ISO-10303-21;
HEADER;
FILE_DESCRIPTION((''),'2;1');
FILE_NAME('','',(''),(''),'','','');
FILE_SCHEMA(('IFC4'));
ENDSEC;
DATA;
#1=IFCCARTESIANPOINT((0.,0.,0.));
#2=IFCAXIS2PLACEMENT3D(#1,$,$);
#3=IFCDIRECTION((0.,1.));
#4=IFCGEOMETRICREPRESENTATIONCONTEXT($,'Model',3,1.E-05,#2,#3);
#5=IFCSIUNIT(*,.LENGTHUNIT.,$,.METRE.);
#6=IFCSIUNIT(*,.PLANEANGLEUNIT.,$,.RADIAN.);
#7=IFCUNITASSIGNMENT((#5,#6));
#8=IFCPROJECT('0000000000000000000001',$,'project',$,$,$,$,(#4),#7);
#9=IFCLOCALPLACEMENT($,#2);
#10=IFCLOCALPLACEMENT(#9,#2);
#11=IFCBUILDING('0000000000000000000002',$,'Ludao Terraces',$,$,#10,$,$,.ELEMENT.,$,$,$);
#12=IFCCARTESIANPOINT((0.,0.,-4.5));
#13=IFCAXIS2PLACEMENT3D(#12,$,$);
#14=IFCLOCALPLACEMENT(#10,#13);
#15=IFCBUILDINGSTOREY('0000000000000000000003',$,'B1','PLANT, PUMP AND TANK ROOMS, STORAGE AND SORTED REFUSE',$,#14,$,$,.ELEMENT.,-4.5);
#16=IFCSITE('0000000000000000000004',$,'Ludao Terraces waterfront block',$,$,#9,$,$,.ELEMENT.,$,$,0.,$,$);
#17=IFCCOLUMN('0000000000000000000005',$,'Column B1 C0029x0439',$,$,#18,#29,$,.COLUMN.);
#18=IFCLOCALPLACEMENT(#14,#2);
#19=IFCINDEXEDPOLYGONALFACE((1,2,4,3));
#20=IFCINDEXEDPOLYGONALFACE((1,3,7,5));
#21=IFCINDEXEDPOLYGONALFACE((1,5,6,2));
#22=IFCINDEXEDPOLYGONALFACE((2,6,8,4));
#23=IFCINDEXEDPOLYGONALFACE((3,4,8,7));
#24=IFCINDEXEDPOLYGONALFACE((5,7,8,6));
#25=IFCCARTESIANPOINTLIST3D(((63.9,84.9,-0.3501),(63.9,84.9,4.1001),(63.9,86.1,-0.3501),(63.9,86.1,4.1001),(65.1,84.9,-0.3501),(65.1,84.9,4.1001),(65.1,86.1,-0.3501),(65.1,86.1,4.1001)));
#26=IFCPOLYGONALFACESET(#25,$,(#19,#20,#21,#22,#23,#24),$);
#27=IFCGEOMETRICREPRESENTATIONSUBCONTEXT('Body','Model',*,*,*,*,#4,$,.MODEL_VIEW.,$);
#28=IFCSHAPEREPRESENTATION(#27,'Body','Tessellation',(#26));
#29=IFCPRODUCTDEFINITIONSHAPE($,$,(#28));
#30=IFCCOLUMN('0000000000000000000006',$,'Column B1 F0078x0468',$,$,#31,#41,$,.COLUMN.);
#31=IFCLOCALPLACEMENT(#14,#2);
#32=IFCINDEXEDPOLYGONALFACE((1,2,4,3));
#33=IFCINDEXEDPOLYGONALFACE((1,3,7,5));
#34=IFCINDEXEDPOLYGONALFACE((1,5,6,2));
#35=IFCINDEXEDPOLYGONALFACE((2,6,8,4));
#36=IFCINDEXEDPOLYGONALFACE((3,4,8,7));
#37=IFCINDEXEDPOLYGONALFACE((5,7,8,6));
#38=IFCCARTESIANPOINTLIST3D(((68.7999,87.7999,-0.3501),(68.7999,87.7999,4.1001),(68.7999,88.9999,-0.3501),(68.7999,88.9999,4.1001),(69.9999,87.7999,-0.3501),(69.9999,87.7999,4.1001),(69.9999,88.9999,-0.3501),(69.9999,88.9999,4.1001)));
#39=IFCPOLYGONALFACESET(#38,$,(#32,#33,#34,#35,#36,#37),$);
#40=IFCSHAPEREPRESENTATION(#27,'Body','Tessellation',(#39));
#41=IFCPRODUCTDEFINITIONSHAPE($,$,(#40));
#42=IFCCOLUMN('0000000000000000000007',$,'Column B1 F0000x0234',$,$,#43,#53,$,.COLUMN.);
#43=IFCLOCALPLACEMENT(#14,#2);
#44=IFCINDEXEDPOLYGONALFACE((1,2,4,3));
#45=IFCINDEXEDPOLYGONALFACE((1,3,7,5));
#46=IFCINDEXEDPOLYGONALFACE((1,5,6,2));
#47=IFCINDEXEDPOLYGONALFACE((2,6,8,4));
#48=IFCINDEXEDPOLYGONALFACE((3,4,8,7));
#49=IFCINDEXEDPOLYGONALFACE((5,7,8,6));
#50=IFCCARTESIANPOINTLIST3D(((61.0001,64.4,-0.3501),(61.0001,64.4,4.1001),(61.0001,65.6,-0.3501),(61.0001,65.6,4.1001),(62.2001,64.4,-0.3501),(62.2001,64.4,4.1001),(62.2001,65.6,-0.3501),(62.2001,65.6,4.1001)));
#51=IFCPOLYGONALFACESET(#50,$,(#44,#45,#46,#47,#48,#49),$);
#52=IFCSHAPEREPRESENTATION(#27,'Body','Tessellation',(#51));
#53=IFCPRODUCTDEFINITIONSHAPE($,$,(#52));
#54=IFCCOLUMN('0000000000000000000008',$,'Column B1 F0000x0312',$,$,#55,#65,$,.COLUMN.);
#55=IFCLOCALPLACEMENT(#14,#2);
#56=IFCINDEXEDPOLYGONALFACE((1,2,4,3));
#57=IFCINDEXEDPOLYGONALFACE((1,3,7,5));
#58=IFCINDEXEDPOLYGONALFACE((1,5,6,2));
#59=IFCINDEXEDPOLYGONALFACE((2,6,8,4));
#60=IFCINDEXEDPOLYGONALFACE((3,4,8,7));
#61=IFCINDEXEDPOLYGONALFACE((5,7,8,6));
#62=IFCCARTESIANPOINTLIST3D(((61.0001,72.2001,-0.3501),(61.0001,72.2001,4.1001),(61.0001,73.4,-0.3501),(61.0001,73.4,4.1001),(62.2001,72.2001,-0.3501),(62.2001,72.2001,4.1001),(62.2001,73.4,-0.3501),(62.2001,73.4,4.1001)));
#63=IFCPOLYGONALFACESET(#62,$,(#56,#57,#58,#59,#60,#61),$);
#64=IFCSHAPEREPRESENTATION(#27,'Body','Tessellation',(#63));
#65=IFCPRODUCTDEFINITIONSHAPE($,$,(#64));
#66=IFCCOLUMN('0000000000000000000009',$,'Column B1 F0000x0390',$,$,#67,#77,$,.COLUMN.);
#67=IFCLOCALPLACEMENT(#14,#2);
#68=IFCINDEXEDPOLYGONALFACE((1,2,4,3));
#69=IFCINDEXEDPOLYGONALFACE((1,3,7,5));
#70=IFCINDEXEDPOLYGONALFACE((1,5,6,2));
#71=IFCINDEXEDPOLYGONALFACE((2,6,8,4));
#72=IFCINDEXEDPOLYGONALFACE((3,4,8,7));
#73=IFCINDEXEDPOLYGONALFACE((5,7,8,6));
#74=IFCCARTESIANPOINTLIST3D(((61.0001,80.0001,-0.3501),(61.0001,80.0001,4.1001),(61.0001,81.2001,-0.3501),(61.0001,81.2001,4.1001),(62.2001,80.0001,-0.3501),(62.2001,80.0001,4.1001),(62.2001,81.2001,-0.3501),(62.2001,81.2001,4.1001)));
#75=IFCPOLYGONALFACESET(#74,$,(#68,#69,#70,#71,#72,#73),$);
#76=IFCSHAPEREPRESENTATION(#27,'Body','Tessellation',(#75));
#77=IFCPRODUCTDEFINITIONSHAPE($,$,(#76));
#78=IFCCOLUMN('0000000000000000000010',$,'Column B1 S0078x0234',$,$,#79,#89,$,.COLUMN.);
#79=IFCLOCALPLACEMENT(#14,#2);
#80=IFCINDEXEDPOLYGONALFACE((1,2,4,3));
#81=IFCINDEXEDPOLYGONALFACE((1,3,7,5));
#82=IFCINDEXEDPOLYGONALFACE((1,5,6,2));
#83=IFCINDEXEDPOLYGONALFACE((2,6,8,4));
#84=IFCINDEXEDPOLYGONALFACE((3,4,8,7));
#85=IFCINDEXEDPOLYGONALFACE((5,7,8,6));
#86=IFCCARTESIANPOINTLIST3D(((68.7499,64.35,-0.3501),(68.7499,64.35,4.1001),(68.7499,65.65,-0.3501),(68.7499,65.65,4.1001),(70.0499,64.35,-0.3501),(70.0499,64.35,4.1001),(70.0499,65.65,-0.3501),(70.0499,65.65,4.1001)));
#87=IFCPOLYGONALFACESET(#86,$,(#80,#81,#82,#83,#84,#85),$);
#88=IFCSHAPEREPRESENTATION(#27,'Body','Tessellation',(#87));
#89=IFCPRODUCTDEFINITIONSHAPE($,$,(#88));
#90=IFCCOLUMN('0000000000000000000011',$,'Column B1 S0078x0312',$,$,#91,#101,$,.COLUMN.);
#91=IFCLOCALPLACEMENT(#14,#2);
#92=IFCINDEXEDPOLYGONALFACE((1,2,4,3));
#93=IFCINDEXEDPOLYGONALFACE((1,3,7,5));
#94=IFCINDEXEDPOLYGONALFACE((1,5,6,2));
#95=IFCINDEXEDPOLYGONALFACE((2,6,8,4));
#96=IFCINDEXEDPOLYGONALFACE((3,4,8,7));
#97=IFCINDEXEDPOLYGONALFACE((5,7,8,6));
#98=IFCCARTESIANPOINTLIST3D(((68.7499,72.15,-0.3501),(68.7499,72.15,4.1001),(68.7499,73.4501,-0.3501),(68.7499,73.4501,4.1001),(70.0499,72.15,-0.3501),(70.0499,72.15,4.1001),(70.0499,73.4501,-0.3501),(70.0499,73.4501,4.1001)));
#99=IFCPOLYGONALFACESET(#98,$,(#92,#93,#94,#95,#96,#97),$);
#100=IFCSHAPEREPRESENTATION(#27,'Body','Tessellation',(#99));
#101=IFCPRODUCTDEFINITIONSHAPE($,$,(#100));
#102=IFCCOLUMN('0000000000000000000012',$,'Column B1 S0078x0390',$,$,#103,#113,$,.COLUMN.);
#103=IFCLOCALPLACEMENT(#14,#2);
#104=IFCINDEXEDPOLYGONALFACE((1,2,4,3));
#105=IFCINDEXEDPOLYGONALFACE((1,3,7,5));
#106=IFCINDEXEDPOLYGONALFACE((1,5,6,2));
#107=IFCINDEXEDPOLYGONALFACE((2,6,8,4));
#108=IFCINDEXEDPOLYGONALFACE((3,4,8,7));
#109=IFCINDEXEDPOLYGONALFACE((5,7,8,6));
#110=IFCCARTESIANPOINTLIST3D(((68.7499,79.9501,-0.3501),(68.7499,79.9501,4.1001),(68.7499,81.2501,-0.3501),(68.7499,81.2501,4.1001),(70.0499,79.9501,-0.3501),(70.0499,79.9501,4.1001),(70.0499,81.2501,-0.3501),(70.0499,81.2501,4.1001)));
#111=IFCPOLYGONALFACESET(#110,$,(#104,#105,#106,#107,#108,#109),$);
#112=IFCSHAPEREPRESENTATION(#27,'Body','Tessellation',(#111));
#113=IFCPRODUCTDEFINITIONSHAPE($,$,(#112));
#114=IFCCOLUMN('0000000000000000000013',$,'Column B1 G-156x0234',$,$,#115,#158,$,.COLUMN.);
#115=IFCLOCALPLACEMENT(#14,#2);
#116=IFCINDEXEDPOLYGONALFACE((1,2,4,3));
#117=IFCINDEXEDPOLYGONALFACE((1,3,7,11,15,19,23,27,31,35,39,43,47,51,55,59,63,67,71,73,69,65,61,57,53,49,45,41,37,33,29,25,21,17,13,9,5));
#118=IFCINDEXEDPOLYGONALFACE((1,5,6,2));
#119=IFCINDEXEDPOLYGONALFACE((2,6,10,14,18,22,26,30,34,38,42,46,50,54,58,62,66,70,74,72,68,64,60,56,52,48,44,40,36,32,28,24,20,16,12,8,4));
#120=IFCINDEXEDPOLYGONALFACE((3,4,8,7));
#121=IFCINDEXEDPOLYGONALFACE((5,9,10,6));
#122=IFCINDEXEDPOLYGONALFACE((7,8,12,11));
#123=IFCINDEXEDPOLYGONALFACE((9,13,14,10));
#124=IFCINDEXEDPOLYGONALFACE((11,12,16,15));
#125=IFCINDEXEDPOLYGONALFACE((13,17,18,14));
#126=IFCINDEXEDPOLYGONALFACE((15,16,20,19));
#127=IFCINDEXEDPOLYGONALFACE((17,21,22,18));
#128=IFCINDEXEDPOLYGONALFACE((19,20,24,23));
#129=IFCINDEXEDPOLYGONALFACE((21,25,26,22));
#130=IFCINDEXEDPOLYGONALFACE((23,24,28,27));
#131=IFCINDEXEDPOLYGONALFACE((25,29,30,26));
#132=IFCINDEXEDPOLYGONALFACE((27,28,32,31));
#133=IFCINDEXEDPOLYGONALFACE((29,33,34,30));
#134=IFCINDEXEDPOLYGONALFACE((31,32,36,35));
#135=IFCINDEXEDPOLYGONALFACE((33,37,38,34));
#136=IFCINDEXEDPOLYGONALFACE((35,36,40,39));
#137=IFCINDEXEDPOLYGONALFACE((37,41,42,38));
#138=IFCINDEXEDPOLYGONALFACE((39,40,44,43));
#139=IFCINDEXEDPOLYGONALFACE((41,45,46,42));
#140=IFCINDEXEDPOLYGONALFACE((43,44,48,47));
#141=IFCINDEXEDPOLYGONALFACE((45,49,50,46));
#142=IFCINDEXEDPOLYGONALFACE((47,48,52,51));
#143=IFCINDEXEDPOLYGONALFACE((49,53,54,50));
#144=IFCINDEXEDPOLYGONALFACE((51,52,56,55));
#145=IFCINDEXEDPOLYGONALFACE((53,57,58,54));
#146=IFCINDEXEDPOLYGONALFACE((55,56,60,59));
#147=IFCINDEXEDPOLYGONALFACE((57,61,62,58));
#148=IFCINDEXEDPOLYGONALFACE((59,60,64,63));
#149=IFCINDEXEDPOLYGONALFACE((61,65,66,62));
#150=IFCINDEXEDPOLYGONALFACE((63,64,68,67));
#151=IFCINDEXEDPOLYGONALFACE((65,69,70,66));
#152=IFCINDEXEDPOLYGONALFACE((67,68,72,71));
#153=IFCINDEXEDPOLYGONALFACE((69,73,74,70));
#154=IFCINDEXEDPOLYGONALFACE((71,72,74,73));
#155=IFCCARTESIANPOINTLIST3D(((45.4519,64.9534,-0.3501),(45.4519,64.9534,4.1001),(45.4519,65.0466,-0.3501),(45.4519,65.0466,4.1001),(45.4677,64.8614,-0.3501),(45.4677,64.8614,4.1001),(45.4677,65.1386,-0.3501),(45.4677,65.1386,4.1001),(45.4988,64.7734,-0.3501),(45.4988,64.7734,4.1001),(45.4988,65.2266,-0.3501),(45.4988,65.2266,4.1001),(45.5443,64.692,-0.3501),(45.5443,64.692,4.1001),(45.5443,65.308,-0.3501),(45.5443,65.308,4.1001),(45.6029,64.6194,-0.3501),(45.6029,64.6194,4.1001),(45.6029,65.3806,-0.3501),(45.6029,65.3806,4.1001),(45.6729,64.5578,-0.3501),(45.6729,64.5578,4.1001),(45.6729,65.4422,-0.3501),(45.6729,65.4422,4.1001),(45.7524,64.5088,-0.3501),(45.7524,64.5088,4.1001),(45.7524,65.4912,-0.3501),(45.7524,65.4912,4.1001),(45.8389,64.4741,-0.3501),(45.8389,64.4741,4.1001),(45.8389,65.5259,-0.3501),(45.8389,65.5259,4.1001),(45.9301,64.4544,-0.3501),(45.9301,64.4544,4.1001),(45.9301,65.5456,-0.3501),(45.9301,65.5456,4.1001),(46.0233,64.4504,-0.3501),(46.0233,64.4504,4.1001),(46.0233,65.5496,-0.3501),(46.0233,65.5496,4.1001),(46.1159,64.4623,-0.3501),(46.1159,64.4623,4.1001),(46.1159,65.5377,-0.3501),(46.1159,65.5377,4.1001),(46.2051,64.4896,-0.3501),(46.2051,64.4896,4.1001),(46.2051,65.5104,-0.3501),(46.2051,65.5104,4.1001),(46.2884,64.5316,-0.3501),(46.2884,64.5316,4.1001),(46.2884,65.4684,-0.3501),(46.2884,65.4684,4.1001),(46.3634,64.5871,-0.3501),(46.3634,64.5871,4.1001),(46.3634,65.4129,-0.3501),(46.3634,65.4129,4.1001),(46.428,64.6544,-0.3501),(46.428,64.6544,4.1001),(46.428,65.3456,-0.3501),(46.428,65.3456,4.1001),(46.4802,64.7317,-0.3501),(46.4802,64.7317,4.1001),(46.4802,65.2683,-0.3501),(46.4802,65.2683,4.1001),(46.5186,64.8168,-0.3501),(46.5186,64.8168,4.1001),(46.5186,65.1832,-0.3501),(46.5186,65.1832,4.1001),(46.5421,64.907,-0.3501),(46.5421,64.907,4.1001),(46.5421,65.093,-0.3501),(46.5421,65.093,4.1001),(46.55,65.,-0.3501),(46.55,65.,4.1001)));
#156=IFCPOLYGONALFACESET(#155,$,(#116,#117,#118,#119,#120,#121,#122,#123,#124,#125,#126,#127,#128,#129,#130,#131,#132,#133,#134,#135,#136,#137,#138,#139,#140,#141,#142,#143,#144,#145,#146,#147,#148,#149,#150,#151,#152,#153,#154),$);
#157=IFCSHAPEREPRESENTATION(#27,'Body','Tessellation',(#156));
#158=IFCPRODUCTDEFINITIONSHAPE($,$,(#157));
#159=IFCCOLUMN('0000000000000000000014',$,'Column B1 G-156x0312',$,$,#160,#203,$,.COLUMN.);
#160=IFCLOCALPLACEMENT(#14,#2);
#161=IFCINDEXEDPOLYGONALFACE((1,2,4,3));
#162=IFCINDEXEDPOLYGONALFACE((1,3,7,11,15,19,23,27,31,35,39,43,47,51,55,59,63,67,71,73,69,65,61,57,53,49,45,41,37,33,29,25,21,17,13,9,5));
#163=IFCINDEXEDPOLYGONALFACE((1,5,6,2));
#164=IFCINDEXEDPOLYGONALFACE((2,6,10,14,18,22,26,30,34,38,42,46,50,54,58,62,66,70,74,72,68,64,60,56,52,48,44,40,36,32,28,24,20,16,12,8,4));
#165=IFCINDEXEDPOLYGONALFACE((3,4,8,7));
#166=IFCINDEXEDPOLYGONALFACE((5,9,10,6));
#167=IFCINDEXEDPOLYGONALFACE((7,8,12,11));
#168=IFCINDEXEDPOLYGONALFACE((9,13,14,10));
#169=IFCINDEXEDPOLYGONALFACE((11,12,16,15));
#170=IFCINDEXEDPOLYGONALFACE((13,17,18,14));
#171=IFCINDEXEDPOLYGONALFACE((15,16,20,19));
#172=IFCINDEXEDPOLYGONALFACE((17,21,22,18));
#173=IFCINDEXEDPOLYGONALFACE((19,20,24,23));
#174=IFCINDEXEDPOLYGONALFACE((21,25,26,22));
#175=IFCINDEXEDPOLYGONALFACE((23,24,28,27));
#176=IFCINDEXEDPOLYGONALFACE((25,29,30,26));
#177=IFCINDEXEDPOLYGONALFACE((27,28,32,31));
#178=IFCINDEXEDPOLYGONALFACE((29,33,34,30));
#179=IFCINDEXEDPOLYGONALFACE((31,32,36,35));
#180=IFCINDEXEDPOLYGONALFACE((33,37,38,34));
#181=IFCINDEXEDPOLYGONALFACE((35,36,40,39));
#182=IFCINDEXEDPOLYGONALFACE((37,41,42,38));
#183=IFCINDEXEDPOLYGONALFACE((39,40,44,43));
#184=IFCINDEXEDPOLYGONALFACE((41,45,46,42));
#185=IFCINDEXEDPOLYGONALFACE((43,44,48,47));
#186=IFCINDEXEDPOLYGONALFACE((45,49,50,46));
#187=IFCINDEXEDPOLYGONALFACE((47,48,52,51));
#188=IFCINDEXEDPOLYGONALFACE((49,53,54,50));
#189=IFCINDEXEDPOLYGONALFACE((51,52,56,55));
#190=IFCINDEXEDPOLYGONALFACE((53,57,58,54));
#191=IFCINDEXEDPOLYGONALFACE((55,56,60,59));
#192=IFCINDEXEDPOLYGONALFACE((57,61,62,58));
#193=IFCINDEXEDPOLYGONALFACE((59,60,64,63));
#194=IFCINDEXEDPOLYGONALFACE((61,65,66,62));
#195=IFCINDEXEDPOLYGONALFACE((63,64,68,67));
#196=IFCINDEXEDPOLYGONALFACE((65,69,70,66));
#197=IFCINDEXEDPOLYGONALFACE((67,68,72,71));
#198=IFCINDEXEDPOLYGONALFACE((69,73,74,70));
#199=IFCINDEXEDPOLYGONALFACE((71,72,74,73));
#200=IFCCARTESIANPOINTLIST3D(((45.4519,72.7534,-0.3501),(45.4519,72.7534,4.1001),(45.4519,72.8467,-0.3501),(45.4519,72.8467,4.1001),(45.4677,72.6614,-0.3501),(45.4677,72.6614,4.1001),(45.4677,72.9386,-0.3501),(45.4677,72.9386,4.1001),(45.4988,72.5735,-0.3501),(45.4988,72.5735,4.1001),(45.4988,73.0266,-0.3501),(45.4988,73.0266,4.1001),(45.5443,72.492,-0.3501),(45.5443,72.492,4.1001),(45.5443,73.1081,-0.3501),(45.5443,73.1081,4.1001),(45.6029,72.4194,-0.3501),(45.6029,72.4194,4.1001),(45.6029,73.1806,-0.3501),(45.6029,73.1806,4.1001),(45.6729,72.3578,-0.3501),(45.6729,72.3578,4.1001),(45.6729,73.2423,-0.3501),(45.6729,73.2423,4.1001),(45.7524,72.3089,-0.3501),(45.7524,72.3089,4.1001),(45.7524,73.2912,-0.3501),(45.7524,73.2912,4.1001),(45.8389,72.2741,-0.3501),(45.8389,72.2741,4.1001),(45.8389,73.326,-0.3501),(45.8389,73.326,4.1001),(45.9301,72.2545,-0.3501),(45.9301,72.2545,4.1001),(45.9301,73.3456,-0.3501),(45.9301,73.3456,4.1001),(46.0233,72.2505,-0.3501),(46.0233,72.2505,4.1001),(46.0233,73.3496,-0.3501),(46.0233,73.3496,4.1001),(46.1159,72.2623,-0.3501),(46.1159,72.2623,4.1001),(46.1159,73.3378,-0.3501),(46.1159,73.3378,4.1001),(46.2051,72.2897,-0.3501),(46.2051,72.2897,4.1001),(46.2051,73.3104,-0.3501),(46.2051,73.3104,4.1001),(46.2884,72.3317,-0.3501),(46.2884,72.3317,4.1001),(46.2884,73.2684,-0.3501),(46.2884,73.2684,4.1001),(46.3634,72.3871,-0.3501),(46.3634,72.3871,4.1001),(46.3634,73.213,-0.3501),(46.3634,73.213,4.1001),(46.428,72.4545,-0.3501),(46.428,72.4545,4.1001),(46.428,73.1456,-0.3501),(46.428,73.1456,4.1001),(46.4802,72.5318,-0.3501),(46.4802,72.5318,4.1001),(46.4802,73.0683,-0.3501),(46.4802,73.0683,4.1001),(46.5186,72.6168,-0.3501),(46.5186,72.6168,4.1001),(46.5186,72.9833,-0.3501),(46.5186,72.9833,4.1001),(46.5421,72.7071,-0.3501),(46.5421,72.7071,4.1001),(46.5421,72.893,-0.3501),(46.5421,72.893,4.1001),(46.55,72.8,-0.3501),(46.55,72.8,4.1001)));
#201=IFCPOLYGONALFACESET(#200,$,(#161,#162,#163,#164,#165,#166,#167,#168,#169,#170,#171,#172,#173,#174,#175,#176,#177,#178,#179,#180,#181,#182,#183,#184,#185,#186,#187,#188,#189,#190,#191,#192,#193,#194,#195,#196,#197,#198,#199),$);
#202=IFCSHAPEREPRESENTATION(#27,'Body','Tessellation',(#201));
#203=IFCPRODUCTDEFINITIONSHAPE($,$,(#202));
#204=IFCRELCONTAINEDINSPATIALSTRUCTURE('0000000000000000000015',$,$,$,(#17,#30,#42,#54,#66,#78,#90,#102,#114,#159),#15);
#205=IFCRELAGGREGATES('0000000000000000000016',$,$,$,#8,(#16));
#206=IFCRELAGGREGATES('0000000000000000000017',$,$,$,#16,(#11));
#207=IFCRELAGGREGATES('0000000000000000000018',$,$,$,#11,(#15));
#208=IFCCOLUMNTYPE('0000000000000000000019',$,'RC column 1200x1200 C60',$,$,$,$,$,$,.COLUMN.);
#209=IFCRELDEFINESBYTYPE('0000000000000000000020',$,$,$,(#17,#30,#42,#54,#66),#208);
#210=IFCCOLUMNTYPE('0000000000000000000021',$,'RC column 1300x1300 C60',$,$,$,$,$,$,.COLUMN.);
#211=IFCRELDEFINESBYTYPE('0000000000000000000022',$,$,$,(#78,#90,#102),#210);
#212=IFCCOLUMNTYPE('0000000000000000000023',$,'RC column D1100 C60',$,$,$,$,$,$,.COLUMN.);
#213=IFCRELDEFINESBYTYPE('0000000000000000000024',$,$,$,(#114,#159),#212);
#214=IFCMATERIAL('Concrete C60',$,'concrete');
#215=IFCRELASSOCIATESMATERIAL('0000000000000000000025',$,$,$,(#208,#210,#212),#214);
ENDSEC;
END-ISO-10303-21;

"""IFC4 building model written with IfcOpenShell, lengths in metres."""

from ifc_helpers import new_model, si_unit, direction, frame, origin, origin_2d, place, context, subcontext, project, spatial, rectangle, circle, extrude, material, material_profile, profile_set, type_object, element, save


model = new_model("IFC4")

# Units and contexts
model_context = context("Model", 3, precision=1e-05, world=origin(), true_north=direction((0.0, 1.0)))
body_context = subcontext(model_context, "Body", "Model", "MODEL_VIEW")
ifc_project = project(units=[si_unit("LENGTHUNIT", "METRE"), si_unit("PLANEANGLEUNIT", "RADIAN")], contexts=[model_context])

# Site, building, storey
site_placement = place(None, origin())
site = spatial("IfcSite", under=ifc_project, at=site_placement, Name="Ludao Terraces waterfront block", CompositionType="ELEMENT", RefElevation=0.0)
building_placement = place(site_placement, origin())
building = spatial("IfcBuilding", under=site, at=building_placement, Name="Ludao Terraces", CompositionType="ELEMENT")
storey_placement = place(building_placement, frame((0.0, 0.0, -4.5)))
storey = spatial("IfcBuildingStorey", under=building, at=storey_placement, Name="B1", Description="PLANT, PUMP AND TANK ROOMS, STORAGE AND SORTED REFUSE", CompositionType="ELEMENT", Elevation=-4.5)

# Columns
ifc_material_1 = material(Name="Concrete C60", Category="concrete")
ifc_material_profile_1 = material_profile(ifc_material_1, rectangle(XDim=1.2, YDim=1.2, at=origin_2d()), Name="1200 X 1200")
ifc_profile_set_1 = profile_set([ifc_material_profile_1], Name="Concrete C60")
column_type_1 = type_object("IfcColumnType", Name="RC column 1200x1200 C60", PredefinedType="COLUMN", material=ifc_profile_set_1)
for number, where, z_axis, x_axis, name in (
    (1, (64.5, 85.5, -0.3501), (0.0, 0.0, 1.0), (1.0, 0.0, 0.0), "Column B1 C0029x0439"),
    (2, (69.3999, 88.3999, -0.3501), (0.0, 0.0, 1.0), (1.0, 0.0, 0.0), "Column B1 F0078x0468"),
    (3, (61.6001, 65.0, -0.3501), (0.0, 0.0, 1.0), (1.0, 0.0, 0.0), "Column B1 F0000x0234"),
    (4, (61.6001, 72.8, -0.3501), (0.0, 0.0, 1.0), (1.0, 0.0, 0.0), "Column B1 F0000x0312"),
    (5, (61.6001, 80.6001, -0.3501), (0.0, 0.0, 1.0), (1.0, 0.0, 0.0), "Column B1 F0000x0390"),
):
    element("IfcColumn", number, at=place(storey_placement, frame(where, z_axis=z_axis, x_axis=x_axis)), inside=storey, type_object=column_type_1, Name=name, PredefinedType="COLUMN", context=body_context, shape_type="SweptSolid", body=[
        extrude(rectangle(XDim=1.2, YDim=1.2, at=origin_2d()), origin(), (0.0, 0.0, 1.0), 4.4502),
    ])
ifc_material_profile_2 = material_profile(ifc_material_1, rectangle(XDim=1.3, YDim=1.3, at=origin_2d()), Name="1300 X 1300")
ifc_profile_set_2 = profile_set([ifc_material_profile_2], Name="Concrete C60")
column_type_2 = type_object("IfcColumnType", Name="RC column 1300x1300 C60", PredefinedType="COLUMN", material=ifc_profile_set_2)
for number, where, z_axis, x_axis, name in (
    (6, (69.3999, 65.0, -0.3501), (0.0, 0.0, 1.0), (1.0, 0.0, 0.0), "Column B1 S0078x0234"),
    (7, (69.3999, 72.8, -0.3501), (0.0, 0.0, 1.0), (1.0, 0.0, 0.0), "Column B1 S0078x0312"),
    (8, (69.3999, 80.6001, -0.3501), (0.0, 0.0, 1.0), (1.0, 0.0, 0.0), "Column B1 S0078x0390"),
):
    element("IfcColumn", number, at=place(storey_placement, frame(where, z_axis=z_axis, x_axis=x_axis)), inside=storey, type_object=column_type_2, Name=name, PredefinedType="COLUMN", context=body_context, shape_type="SweptSolid", body=[
        extrude(rectangle(XDim=1.3, YDim=1.3, at=origin_2d()), origin(), (0.0, 0.0, 1.0), 4.4502),
    ])
ifc_material_profile_3 = material_profile(ifc_material_1, circle(Radius=0.55, at=origin_2d()), Name="D1100")
ifc_profile_set_3 = profile_set([ifc_material_profile_3], Name="Concrete C60")
column_type_3 = type_object("IfcColumnType", Name="RC column D1100 C60", PredefinedType="COLUMN", material=ifc_profile_set_3)
for number, where, z_axis, x_axis, name in (
    (9, (46.0, 65.0, -0.3501), (0.0, 0.0, 1.0), (1.0, 0.0, 0.0), "Column B1 G-156x0234"),
    (10, (46.0, 72.8, -0.3501), (0.0, 0.0, 1.0), (1.0, 0.0, 0.0), "Column B1 G-156x0312"),
):
    element("IfcColumn", number, at=place(storey_placement, frame(where, z_axis=z_axis, x_axis=x_axis)), inside=storey, type_object=column_type_3, Name=name, PredefinedType="COLUMN", context=body_context, shape_type="SweptSolid", body=[
        extrude(circle(Radius=0.55, at=origin_2d()), origin(), (0.0, 0.0, 1.0), 4.4502),
    ])

save(model, "model.ifc")
